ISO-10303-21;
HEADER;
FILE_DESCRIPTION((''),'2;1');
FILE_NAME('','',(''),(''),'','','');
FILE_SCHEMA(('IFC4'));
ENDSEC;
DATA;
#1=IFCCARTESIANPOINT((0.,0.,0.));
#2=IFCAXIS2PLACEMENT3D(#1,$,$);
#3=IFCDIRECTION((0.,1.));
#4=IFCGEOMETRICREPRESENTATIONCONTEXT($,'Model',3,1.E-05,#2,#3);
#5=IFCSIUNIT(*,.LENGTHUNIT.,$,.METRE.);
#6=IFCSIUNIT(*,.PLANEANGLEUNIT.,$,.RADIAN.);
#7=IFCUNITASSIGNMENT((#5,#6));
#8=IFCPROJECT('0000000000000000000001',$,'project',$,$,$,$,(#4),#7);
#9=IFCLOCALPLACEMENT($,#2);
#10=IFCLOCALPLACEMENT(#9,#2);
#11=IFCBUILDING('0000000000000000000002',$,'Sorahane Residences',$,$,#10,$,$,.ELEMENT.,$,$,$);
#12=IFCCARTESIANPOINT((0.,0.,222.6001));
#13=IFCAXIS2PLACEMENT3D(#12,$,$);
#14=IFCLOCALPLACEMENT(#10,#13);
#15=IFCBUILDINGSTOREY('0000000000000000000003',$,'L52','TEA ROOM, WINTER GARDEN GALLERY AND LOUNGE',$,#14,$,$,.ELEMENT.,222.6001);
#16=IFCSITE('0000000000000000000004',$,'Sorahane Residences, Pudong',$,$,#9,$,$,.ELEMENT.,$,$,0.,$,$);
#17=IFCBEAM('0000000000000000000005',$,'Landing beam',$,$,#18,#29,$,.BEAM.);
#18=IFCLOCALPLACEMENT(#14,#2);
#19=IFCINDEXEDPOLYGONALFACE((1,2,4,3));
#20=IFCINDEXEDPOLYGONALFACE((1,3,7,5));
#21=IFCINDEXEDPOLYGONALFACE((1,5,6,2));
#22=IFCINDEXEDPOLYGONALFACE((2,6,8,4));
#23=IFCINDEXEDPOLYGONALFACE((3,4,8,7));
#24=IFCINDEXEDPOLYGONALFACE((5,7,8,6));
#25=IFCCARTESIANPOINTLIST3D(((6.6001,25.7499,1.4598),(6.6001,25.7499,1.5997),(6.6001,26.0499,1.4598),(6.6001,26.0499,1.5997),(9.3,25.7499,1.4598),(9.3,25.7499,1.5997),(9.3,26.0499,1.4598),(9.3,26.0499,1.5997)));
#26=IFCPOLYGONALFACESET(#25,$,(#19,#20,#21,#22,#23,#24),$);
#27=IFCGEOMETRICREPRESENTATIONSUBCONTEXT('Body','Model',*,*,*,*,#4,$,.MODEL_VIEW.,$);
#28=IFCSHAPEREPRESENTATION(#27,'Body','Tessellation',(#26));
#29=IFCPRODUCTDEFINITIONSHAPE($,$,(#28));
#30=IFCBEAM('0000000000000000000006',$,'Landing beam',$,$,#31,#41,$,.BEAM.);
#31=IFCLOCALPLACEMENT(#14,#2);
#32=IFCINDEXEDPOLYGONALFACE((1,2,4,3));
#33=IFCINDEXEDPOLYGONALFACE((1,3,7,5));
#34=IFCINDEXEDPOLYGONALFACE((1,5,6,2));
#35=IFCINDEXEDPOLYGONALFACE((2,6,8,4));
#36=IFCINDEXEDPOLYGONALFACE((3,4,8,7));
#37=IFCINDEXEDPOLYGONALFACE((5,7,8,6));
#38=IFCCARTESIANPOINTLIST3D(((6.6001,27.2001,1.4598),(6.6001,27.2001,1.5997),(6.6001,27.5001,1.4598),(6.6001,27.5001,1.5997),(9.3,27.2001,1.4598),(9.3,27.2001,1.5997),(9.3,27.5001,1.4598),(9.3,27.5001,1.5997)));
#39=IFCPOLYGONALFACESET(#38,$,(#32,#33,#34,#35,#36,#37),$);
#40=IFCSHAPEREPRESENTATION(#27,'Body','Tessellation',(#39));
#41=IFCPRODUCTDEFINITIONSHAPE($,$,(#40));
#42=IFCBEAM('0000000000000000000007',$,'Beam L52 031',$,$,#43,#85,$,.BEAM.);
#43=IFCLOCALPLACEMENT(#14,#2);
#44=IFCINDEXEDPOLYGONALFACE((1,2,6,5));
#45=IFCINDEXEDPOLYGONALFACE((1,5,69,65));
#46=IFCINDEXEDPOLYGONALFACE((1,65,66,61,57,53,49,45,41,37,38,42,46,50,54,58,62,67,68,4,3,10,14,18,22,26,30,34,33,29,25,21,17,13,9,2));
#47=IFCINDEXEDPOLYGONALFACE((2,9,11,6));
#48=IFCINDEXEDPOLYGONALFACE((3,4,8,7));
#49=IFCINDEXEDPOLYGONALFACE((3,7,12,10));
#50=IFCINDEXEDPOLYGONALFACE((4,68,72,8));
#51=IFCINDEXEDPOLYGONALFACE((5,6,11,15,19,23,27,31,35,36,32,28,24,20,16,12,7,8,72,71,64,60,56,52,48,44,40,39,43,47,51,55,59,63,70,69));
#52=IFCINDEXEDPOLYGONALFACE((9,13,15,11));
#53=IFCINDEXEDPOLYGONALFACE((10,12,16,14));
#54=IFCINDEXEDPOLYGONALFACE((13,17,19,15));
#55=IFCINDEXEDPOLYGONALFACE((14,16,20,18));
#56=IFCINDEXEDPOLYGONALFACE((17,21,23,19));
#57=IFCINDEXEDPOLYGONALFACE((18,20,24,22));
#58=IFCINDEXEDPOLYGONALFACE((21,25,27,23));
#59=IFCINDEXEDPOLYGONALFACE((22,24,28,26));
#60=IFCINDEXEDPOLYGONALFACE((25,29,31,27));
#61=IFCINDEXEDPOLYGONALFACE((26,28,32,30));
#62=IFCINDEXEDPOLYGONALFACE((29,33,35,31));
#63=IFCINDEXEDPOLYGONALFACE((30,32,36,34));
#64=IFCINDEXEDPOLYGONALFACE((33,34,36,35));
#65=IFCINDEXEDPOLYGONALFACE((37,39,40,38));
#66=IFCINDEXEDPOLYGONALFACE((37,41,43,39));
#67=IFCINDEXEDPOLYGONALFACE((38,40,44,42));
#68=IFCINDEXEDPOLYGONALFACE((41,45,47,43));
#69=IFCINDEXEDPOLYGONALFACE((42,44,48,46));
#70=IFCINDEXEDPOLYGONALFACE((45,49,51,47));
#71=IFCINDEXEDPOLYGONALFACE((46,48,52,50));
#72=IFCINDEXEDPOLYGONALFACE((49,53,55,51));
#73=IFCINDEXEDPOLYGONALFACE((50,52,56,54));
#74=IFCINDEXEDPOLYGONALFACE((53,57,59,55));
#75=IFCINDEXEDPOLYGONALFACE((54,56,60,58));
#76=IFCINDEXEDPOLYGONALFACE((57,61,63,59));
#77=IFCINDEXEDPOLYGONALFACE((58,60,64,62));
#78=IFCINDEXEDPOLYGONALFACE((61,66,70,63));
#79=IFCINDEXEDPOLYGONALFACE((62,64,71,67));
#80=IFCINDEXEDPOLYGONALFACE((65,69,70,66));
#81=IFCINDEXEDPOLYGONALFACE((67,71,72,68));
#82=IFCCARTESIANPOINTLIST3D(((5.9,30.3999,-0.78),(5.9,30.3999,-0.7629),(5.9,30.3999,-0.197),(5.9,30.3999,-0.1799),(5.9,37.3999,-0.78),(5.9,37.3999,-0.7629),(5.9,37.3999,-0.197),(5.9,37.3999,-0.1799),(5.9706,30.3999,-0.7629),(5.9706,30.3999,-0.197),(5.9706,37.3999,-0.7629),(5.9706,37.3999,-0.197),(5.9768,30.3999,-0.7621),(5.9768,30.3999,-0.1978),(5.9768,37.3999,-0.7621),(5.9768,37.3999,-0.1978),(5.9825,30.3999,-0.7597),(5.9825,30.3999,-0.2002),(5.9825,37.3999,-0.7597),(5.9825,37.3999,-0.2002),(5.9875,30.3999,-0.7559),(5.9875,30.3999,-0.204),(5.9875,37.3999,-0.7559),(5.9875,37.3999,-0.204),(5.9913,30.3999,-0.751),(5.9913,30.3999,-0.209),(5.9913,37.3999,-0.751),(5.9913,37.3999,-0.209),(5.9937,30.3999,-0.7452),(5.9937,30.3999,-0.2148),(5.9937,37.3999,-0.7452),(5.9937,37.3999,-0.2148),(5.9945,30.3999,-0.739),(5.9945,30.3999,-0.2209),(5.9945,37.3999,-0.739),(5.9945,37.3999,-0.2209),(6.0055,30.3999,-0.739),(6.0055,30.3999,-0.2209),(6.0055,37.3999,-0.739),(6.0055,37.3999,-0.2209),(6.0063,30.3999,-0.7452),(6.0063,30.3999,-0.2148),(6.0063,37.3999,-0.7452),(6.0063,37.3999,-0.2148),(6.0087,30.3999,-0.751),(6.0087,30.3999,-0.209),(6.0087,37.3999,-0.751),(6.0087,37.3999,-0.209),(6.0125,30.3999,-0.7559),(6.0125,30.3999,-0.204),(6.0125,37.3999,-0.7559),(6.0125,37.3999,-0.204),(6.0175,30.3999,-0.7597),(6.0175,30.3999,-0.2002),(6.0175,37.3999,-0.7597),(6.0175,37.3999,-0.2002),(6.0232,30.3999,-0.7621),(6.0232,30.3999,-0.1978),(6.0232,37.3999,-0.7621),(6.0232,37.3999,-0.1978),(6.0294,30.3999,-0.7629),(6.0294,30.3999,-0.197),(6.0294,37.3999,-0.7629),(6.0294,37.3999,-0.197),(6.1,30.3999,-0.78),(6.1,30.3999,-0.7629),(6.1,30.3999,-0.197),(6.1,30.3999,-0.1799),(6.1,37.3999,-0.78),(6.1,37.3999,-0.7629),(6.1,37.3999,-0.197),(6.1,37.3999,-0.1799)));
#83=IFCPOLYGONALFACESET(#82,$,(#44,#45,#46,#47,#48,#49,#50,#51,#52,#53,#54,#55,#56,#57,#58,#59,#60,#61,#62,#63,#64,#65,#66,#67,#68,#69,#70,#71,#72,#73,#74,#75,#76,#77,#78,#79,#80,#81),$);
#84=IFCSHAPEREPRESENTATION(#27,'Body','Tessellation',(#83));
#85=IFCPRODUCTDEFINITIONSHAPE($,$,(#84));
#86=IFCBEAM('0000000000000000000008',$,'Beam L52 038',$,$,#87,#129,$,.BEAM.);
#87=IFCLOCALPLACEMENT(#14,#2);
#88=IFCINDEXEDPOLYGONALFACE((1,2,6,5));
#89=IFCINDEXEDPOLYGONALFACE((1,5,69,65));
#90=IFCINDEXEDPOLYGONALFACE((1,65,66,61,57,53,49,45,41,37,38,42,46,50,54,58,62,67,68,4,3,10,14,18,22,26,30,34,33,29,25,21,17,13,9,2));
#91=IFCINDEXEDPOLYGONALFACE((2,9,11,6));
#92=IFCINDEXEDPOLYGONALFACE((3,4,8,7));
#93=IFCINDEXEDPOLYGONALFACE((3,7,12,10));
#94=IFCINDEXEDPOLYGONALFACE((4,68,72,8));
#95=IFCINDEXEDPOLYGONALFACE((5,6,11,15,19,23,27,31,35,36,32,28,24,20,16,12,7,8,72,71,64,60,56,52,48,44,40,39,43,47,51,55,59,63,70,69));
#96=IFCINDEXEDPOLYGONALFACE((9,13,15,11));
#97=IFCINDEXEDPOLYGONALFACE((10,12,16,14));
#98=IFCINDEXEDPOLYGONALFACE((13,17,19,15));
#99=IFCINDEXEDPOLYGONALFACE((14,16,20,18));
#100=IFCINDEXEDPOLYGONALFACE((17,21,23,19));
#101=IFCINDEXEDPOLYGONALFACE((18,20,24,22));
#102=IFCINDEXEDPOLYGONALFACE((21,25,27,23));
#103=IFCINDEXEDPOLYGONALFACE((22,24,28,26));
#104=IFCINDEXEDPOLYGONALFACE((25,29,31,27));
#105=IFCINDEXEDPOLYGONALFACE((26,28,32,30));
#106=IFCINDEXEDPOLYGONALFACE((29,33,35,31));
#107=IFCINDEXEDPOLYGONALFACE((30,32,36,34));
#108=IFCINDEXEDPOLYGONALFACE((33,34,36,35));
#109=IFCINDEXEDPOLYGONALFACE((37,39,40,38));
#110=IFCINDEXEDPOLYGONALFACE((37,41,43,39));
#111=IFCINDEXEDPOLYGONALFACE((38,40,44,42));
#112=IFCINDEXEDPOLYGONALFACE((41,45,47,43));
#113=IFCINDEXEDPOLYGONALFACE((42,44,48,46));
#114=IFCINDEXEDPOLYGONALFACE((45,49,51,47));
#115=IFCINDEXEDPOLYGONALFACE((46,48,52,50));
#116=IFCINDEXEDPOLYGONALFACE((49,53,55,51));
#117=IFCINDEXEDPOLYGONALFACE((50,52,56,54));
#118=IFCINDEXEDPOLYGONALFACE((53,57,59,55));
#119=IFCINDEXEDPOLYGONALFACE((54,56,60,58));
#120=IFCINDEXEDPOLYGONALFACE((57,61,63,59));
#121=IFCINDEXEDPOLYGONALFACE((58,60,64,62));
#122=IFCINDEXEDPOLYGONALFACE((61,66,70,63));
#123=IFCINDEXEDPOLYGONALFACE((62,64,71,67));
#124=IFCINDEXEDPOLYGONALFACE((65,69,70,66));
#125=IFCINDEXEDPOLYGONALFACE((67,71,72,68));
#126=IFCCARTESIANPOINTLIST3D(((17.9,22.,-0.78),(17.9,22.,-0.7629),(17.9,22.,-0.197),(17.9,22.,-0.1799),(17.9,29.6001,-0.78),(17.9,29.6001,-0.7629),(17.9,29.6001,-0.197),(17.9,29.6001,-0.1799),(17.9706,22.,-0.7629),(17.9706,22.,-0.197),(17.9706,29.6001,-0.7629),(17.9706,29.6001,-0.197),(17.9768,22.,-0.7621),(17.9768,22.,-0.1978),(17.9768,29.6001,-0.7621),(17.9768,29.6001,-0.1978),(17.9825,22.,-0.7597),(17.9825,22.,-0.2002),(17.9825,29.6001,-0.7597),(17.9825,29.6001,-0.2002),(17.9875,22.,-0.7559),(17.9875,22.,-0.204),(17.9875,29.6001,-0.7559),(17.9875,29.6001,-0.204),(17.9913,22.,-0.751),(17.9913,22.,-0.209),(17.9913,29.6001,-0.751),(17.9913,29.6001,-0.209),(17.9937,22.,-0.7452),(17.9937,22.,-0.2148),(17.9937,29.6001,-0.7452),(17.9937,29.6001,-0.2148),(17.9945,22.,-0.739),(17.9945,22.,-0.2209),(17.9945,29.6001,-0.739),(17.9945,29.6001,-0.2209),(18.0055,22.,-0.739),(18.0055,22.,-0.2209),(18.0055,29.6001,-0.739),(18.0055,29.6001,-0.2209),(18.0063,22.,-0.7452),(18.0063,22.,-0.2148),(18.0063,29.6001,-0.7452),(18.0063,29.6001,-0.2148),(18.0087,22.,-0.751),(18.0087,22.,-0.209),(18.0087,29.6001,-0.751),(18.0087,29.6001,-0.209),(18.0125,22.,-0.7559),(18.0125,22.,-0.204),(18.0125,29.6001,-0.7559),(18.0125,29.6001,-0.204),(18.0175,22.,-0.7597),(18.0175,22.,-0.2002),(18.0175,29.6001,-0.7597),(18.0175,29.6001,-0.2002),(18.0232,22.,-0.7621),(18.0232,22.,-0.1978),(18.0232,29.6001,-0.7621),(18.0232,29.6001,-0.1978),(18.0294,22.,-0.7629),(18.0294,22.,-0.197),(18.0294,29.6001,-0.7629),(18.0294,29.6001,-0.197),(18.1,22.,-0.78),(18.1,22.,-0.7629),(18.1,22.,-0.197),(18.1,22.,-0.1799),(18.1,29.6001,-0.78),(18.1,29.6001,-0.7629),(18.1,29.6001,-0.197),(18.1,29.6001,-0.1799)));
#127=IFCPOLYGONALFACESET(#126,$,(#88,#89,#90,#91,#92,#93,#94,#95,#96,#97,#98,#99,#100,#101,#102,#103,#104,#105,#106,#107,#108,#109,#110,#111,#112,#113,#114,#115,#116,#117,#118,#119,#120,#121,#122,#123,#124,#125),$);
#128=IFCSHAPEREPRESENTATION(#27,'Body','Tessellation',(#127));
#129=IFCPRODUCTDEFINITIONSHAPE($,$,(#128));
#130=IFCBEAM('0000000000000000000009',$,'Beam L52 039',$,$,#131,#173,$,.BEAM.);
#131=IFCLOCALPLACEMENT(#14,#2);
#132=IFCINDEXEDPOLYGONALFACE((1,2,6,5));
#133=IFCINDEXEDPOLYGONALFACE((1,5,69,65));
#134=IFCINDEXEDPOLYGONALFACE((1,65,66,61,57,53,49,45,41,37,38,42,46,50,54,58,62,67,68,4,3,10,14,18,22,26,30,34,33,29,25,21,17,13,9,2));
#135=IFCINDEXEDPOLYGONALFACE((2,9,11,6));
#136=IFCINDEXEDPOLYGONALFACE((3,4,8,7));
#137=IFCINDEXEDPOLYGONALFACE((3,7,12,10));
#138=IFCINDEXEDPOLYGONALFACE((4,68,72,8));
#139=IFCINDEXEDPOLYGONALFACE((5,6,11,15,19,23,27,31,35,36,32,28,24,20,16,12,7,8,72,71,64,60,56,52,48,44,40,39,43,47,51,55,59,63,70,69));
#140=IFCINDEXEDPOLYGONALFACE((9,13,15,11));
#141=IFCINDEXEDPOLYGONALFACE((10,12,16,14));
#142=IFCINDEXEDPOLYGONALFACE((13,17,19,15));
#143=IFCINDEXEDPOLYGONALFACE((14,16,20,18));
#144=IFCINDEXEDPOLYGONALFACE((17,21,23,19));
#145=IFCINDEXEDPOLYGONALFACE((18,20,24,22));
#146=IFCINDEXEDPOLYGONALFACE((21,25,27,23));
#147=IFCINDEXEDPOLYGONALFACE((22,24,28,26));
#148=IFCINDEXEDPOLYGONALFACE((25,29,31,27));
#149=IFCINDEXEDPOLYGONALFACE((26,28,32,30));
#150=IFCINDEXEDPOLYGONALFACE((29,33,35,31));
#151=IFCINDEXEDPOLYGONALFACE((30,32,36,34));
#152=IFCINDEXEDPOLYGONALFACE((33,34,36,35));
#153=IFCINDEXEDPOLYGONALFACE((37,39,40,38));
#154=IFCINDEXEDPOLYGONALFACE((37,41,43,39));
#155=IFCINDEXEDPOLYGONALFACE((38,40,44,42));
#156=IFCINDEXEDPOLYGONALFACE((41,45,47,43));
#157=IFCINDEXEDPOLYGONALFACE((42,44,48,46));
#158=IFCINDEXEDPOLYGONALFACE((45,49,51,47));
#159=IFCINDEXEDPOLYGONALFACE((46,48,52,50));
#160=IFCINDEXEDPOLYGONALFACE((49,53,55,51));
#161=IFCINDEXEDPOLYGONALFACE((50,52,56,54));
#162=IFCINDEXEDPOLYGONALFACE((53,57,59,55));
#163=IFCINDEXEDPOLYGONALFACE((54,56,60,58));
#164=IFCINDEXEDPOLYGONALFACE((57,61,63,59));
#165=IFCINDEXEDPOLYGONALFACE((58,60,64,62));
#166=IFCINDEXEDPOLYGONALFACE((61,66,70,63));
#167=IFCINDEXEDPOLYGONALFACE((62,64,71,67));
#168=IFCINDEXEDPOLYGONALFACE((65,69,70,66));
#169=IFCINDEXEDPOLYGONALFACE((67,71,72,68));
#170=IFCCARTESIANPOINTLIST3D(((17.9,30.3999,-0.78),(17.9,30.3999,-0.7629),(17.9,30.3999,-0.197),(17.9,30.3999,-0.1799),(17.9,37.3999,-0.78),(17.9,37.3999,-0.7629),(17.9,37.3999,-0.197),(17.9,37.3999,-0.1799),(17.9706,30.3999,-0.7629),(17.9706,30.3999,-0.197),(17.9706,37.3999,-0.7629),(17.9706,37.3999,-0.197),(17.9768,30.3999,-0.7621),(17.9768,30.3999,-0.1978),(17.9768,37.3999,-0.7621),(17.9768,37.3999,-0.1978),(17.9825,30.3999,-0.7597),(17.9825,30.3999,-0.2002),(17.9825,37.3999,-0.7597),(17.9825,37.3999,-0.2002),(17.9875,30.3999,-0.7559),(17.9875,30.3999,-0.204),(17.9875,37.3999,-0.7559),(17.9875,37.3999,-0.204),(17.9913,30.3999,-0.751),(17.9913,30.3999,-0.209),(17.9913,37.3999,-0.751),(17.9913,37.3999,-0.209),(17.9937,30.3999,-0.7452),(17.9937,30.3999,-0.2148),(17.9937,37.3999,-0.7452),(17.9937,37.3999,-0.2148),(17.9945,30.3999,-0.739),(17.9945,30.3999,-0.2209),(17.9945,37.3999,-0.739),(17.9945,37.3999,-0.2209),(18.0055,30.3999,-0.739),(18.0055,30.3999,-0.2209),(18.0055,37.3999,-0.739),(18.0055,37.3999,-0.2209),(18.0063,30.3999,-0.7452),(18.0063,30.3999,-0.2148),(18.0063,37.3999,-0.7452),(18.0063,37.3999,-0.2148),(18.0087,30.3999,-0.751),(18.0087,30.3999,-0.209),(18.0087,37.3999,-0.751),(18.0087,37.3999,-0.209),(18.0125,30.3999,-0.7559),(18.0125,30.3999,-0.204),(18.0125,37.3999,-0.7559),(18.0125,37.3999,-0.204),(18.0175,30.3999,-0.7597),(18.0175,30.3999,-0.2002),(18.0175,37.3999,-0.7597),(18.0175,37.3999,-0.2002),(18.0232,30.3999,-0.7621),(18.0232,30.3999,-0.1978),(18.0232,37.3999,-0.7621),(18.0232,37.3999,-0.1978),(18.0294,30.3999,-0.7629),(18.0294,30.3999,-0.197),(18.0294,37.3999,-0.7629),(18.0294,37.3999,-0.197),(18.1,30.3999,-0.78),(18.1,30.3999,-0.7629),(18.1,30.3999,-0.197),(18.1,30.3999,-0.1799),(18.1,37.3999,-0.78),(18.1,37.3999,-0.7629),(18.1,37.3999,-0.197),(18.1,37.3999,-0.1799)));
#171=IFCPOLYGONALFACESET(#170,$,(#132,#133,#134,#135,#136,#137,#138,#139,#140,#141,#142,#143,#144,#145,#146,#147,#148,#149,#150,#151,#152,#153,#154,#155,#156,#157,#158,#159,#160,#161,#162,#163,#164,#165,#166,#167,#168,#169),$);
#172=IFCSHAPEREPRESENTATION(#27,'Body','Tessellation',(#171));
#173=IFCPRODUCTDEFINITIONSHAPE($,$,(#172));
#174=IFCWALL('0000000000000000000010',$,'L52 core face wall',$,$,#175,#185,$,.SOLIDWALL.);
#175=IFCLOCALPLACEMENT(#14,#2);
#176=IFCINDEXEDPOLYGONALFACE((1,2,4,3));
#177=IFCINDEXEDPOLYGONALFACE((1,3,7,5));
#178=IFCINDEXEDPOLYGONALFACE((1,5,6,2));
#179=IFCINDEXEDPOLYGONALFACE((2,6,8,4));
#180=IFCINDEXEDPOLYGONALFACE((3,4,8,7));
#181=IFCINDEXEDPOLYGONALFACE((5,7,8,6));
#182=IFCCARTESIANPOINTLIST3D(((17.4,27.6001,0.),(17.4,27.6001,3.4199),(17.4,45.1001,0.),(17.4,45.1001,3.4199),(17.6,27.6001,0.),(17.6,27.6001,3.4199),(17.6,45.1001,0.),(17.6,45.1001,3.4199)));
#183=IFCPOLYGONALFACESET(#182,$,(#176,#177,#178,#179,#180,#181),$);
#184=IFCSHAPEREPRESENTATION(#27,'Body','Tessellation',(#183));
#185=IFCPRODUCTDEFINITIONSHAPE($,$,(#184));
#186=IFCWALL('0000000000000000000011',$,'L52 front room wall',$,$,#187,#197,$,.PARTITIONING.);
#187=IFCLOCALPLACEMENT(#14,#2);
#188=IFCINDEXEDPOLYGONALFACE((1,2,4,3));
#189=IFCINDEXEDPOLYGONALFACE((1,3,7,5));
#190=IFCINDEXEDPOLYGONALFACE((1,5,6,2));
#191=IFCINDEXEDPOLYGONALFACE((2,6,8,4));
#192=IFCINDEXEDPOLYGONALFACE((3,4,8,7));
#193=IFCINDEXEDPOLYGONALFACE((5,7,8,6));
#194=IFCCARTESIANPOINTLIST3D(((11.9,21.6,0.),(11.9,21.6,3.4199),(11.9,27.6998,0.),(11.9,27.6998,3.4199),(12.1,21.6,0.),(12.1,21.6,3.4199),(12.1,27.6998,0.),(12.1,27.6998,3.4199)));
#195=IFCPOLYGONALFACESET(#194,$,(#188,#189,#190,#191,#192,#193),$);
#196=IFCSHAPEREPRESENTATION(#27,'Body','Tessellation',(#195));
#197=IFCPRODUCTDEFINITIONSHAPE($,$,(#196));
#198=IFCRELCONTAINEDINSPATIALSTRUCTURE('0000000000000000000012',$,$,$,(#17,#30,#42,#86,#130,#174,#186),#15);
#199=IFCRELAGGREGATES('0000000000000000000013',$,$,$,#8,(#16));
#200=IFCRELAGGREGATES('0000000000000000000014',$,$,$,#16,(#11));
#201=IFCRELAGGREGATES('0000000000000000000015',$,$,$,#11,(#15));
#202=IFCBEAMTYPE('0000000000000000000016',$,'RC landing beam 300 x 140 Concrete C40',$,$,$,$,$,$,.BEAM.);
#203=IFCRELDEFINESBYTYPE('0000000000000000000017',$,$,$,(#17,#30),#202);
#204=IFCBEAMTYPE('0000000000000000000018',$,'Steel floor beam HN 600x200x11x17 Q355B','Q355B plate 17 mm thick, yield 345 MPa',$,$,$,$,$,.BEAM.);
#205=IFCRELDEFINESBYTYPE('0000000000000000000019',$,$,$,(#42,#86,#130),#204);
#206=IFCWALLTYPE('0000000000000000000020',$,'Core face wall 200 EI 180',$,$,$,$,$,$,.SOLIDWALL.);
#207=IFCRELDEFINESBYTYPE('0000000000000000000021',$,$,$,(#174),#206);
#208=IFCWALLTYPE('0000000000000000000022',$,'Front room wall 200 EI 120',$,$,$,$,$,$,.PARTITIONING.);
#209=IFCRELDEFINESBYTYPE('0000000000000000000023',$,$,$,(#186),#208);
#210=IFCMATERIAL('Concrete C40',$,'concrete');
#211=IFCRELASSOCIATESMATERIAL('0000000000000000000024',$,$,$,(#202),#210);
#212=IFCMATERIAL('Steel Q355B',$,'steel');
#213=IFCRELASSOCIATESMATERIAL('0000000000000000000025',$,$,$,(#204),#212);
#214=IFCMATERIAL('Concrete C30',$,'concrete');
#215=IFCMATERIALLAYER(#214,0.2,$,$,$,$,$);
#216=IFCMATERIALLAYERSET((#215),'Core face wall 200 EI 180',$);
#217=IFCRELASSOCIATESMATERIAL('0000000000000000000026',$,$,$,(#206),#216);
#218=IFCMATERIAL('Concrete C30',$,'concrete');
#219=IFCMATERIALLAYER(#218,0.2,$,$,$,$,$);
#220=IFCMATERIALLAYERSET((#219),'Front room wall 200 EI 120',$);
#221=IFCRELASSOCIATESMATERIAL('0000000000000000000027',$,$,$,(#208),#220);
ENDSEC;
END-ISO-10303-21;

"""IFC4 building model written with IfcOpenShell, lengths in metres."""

from ifc_helpers import new_model, si_unit, direction, frame, frame_2d, origin, origin_2d, place, context, subcontext, project, spatial, rectangle, i_section, extrude, material, layer, layer_set, material_profile, profile_set, type_object, element, save


model = new_model("IFC4")

# Units and contexts
model_context = context("Model", 3, precision=1e-05, world=origin(), true_north=direction((0.0, 1.0)))
body_context = subcontext(model_context, "Body", "Model", "MODEL_VIEW")
ifc_project = project(units=[si_unit("LENGTHUNIT", "METRE"), si_unit("PLANEANGLEUNIT", "RADIAN")], contexts=[model_context])

# Site, building, storey
site_placement = place(None, origin())
site = spatial("IfcSite", under=ifc_project, at=site_placement, Name="Sorahane Residences, Pudong", CompositionType="ELEMENT", RefElevation=0.0)
building_placement = place(site_placement, origin())
building = spatial("IfcBuilding", under=site, at=building_placement, Name="Sorahane Residences", CompositionType="ELEMENT")
storey_placement = place(building_placement, frame((0.0, 0.0, 222.6001)))
storey = spatial("IfcBuildingStorey", under=building, at=storey_placement, Name="L52", Description="TEA ROOM, WINTER GARDEN GALLERY AND LOUNGE", CompositionType="ELEMENT", Elevation=222.6001)

# Beams
ifc_material_1 = material(Name="Concrete C40", Category="concrete")
ifc_material_profile_1 = material_profile(ifc_material_1, rectangle(XDim=0.3, YDim=0.1399, at=origin_2d()), Name="300x140")
ifc_profile_set_1 = profile_set([ifc_material_profile_1], Name="Concrete C40")
beam_type_1 = type_object("IfcBeamType", Name="RC landing beam 300 x 140 Concrete C40", PredefinedType="BEAM", material=ifc_profile_set_1)
for number, where, z_axis, x_axis, name in (
    (1, (6.6001, 25.8999, 1.5298), (1.0, 0.0, 0.0), (0.0, 1.0, 0.0), "Landing beam"),
    (2, (6.6001, 27.3501, 1.5298), (1.0, 0.0, 0.0), (0.0, 1.0, 0.0), "Landing beam"),
):
    element("IfcBeam", number, at=place(storey_placement, frame(where, z_axis=z_axis, x_axis=x_axis)), inside=storey, type_object=beam_type_1, Name=name, PredefinedType="BEAM", context=body_context, shape_type="SweptSolid", body=[
        extrude(rectangle(XDim=0.3, YDim=0.1399, at=origin_2d()), origin(), (0.0, 0.0, 1.0), 2.7),
    ])
ifc_material_2 = material(Name="Steel Q355B", Category="steel")
ifc_material_profile_2 = material_profile(ifc_material_2, i_section(OverallWidth=0.2, OverallDepth=0.6001, WebThickness=0.011, FlangeThickness=0.0171, FilletRadius=0.0239, at=origin_2d()), Name="HN 600x200x11x17")
ifc_profile_set_2 = profile_set([ifc_material_profile_2], Name="Steel Q355B")
beam_type_2 = type_object("IfcBeamType", Name="Steel floor beam HN 600x200x11x17 Q355B", Description="Q355B plate 17 mm thick, yield 345 MPa", PredefinedType="BEAM", material=ifc_profile_set_2)
beam_1_placement = place(storey_placement, frame((6.0, 30.3999, -0.48), z_axis=(0.0, 1.0, 0.0), x_axis=(-1.0, 0.0, 0.0)))
element("IfcBeam", 3, at=beam_1_placement, inside=storey, type_object=beam_type_2, Name="Beam L52 031", PredefinedType="BEAM", context=body_context, shape_type="SweptSolid", body=[
    extrude(i_section(OverallWidth=0.2, OverallDepth=0.6001, WebThickness=0.011, FlangeThickness=0.0171, FilletRadius=0.0239, at=origin_2d()), origin(), (0.0, 0.0, 1.0), 7.0),
])
beam_2_placement = place(storey_placement, frame((18.0, 22.0, -0.48), z_axis=(0.0, 1.0, 0.0), x_axis=(-1.0, 0.0, 0.0)))
element("IfcBeam", 4, at=beam_2_placement, inside=storey, type_object=beam_type_2, Name="Beam L52 038", PredefinedType="BEAM", context=body_context, shape_type="SweptSolid", body=[
    extrude(i_section(OverallWidth=0.2, OverallDepth=0.6001, WebThickness=0.011, FlangeThickness=0.0171, FilletRadius=0.0239, at=origin_2d()), origin(), (0.0, 0.0, 1.0), 7.6001),
])
beam_3_placement = place(storey_placement, frame((18.0, 30.3999, -0.48), z_axis=(0.0, 1.0, 0.0), x_axis=(-1.0, 0.0, 0.0)))
element("IfcBeam", 5, at=beam_3_placement, inside=storey, type_object=beam_type_2, Name="Beam L52 039", PredefinedType="BEAM", context=body_context, shape_type="SweptSolid", body=[
    extrude(i_section(OverallWidth=0.2, OverallDepth=0.6001, WebThickness=0.011, FlangeThickness=0.0171, FilletRadius=0.0239, at=origin_2d()), origin(), (0.0, 0.0, 1.0), 7.0),
])

# Walls
ifc_material_3 = material(Name="Concrete C30", Category="concrete")
ifc_layer_1 = layer(ifc_material_3, 0.2)
ifc_layer_set_1 = layer_set([ifc_layer_1], Name="Core face wall 200 EI 180")
wall_type_1 = type_object("IfcWallType", Name="Core face wall 200 EI 180", PredefinedType="SOLIDWALL", material=ifc_layer_set_1)
wall_1_placement = place(storey_placement, frame((17.5, 27.6001, 0.0), z_axis=(0.0, 0.0, 1.0), x_axis=(0.0, 1.0, 0.0)))
element("IfcWall", 6, at=wall_1_placement, inside=storey, type_object=wall_type_1, Name="L52 core face wall", PredefinedType="SOLIDWALL", context=body_context, shape_type="SweptSolid", body=[
    extrude(rectangle(XDim=17.5, YDim=0.2, at=frame_2d((8.75, 0.0))), origin(), (0.0, 0.0, 1.0), 3.4199),
])
ifc_material_4 = material(Name="Concrete C30", Category="concrete")
ifc_layer_2 = layer(ifc_material_4, 0.2)
ifc_layer_set_2 = layer_set([ifc_layer_2], Name="Front room wall 200 EI 120")
wall_type_2 = type_object("IfcWallType", Name="Front room wall 200 EI 120", PredefinedType="PARTITIONING", material=ifc_layer_set_2)
wall_2_placement = place(storey_placement, frame((12.0, 21.6001, 0.0), z_axis=(0.0, 0.0, 1.0), x_axis=(0.0, 1.0, 0.0)))
element("IfcWall", 7, at=wall_2_placement, inside=storey, type_object=wall_type_2, Name="L52 front room wall", PredefinedType="PARTITIONING", context=body_context, shape_type="SweptSolid", body=[
    extrude(rectangle(XDim=6.0999, YDim=0.2, at=frame_2d((3.0498, 0.0))), origin(), (0.0, 0.0, 1.0), 3.4199),
])

save(model, "model.ifc")
